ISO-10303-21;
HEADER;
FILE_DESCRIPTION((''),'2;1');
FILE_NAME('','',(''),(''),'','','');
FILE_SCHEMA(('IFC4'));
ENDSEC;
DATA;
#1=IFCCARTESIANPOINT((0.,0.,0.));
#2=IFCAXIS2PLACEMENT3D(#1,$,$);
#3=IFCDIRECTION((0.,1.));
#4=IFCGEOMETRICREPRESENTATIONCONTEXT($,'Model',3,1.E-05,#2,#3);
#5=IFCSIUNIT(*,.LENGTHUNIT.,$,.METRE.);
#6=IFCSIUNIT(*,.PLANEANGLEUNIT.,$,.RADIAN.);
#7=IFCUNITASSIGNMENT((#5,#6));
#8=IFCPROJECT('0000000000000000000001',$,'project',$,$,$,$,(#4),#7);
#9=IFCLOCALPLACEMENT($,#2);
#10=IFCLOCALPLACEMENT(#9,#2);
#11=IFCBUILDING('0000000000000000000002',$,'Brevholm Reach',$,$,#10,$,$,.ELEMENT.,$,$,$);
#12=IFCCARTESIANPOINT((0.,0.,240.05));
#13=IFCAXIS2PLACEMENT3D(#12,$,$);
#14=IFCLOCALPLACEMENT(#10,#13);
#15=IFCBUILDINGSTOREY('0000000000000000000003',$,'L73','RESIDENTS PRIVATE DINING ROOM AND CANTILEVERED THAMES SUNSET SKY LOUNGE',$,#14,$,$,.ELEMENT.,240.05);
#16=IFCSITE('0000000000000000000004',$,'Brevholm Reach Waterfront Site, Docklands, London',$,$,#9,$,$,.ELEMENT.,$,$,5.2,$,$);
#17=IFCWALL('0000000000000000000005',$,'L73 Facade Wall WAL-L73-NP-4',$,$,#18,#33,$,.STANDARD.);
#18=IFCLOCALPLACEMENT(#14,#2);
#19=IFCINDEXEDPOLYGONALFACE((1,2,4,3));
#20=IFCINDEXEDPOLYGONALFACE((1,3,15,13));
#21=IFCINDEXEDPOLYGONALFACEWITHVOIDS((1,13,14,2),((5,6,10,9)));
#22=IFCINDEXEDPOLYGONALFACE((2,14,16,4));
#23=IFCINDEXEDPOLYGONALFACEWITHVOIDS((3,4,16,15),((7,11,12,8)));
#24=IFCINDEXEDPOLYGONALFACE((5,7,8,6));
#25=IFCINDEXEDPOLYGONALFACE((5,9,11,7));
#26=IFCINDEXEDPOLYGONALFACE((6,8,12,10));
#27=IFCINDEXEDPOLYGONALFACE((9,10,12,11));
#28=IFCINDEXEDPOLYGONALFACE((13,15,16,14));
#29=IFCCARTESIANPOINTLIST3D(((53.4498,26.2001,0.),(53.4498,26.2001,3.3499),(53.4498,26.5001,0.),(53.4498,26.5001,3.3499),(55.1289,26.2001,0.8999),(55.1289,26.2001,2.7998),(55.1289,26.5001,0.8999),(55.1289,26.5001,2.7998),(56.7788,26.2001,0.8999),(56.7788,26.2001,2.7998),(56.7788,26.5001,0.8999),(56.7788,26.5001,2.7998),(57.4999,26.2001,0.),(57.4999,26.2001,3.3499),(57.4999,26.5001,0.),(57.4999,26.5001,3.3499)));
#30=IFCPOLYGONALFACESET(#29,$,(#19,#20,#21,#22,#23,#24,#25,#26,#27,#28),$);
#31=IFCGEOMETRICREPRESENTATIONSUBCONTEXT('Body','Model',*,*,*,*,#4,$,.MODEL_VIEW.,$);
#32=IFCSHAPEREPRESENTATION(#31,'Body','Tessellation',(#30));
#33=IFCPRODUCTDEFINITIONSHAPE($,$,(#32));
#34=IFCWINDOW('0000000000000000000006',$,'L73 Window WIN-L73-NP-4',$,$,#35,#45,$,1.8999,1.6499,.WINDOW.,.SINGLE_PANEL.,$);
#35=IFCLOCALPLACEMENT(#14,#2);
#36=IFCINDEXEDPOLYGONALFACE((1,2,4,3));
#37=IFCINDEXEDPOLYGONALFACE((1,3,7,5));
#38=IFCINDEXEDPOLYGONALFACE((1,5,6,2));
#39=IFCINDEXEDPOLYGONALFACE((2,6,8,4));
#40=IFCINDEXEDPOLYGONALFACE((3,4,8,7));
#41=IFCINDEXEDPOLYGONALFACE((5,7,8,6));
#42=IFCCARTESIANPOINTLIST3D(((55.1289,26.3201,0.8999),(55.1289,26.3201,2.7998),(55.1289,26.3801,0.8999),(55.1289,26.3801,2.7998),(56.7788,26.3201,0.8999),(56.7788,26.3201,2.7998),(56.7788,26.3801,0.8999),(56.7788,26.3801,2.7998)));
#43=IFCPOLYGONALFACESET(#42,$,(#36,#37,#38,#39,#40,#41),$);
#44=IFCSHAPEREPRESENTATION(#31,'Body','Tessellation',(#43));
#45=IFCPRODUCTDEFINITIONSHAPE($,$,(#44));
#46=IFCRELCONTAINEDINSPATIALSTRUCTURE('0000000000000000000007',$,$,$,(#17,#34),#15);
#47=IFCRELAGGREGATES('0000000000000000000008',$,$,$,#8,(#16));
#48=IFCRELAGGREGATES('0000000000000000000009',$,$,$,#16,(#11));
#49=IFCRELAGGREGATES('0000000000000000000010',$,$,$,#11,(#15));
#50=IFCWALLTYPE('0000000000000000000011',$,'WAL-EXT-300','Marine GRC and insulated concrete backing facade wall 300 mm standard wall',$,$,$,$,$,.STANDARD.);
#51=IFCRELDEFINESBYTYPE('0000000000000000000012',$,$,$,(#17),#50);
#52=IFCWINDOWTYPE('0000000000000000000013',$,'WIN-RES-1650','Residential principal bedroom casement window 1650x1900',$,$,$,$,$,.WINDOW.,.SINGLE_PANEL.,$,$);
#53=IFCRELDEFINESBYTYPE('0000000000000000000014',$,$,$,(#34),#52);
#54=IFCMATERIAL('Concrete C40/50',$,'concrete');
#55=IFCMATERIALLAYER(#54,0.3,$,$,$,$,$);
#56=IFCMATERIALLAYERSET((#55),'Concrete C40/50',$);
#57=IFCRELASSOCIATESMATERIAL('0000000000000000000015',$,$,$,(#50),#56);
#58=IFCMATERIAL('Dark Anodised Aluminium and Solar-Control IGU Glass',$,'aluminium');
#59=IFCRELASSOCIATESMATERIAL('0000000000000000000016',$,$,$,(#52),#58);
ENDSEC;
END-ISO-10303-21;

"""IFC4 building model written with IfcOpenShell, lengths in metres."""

from ifc_helpers import new_model, si_unit, direction, frame, frame_2d, origin, place, context, subcontext, project, spatial, rectangle, extrude, material, layer, layer_set, type_object, element, fill, save


model = new_model("IFC4")

# Units and contexts
model_context = context("Model", 3, precision=1e-05, world=origin(), true_north=direction((0.0, 1.0)))
body_context = subcontext(model_context, "Body", "Model", "MODEL_VIEW")
ifc_project = project(units=[si_unit("LENGTHUNIT", "METRE"), si_unit("PLANEANGLEUNIT", "RADIAN")], contexts=[model_context])

# Site, building, storey
site_placement = place(None, origin())
site = spatial("IfcSite", under=ifc_project, at=site_placement, Name="Brevholm Reach Waterfront Site, Docklands, London", CompositionType="ELEMENT", RefElevation=5.2)
building_placement = place(site_placement, origin())
building = spatial("IfcBuilding", under=site, at=building_placement, Name="Brevholm Reach", CompositionType="ELEMENT")
storey_placement = place(building_placement, frame((0.0, 0.0, 240.05)))
storey = spatial("IfcBuildingStorey", under=building, at=storey_placement, Name="L73", Description="RESIDENTS PRIVATE DINING ROOM AND CANTILEVERED THAMES SUNSET SKY LOUNGE", CompositionType="ELEMENT", Elevation=240.05)

# Wall, opening, window
ifc_material_1 = material(Name="Concrete C40/50", Category="concrete")
ifc_layer_1 = layer(ifc_material_1, 0.3)
ifc_layer_set_1 = layer_set([ifc_layer_1], Name="Concrete C40/50")
wall_type = type_object("IfcWallType", Name="WAL-EXT-300", Description="Marine GRC and insulated concrete backing facade wall 300 mm standard wall", PredefinedType="STANDARD", material=ifc_layer_set_1)
wall_placement = place(storey_placement, frame((53.45, 26.3501, 0.0), z_axis=(0.0, 0.0, 1.0), x_axis=(1.0, 0.0, 0.0)))
wall = element("IfcWall", 1, at=wall_placement, inside=storey, type_object=wall_type, Name="L73 Facade Wall WAL-L73-NP-4", PredefinedType="STANDARD", context=body_context, shape_type="SweptSolid", body=[
    extrude(rectangle(XDim=4.05, YDim=0.3, at=frame_2d((2.0249, 0.0))), origin(), (0.0, 0.0, 1.0), 3.3499),
])
opening_placement = place(wall_placement, frame((1.679, 0.0, 0.8999)))
opening = element("IfcOpeningElement", 2, at=opening_placement, cuts=wall, PredefinedType="OPENING", context=body_context, shape_type="SweptSolid", body=[
    extrude(rectangle(XDim=1.6499, YDim=1.8999, at=frame_2d((0.825, 0.95))), frame((0.0, 0.1599, 0.0), z_axis=(0.0, -1.0, 0.0), x_axis=(1.0, 0.0, 0.0)), (0.0, 0.0, 1.0), 0.3201),
])
ifc_material_2 = material(Name="Dark Anodised Aluminium and Solar-Control IGU Glass", Category="aluminium")
window_type = type_object("IfcWindowType", Name="WIN-RES-1650", Description="Residential principal bedroom casement window 1650x1900", PartitioningType="SINGLE_PANEL", PredefinedType="WINDOW", material=ifc_material_2)
window_placement = place(opening_placement, origin())
window = element("IfcWindow", 3, at=window_placement, inside=storey, type_object=window_type, Name="L73 Window WIN-L73-NP-4", OverallHeight=1.8999, OverallWidth=1.6499, PartitioningType="SINGLE_PANEL", PredefinedType="WINDOW", context=body_context, shape_type="SweptSolid", body=[
    extrude(rectangle(XDim=1.6499, YDim=1.8999, at=frame_2d((0.825, 0.95))), frame((0.0, 0.03, 0.0), z_axis=(0.0, -1.0, 0.0), x_axis=(1.0, 0.0, 0.0)), (0.0, 0.0, 1.0), 0.0601),
])
fill(opening, window)

save(model, "model.ifc")
